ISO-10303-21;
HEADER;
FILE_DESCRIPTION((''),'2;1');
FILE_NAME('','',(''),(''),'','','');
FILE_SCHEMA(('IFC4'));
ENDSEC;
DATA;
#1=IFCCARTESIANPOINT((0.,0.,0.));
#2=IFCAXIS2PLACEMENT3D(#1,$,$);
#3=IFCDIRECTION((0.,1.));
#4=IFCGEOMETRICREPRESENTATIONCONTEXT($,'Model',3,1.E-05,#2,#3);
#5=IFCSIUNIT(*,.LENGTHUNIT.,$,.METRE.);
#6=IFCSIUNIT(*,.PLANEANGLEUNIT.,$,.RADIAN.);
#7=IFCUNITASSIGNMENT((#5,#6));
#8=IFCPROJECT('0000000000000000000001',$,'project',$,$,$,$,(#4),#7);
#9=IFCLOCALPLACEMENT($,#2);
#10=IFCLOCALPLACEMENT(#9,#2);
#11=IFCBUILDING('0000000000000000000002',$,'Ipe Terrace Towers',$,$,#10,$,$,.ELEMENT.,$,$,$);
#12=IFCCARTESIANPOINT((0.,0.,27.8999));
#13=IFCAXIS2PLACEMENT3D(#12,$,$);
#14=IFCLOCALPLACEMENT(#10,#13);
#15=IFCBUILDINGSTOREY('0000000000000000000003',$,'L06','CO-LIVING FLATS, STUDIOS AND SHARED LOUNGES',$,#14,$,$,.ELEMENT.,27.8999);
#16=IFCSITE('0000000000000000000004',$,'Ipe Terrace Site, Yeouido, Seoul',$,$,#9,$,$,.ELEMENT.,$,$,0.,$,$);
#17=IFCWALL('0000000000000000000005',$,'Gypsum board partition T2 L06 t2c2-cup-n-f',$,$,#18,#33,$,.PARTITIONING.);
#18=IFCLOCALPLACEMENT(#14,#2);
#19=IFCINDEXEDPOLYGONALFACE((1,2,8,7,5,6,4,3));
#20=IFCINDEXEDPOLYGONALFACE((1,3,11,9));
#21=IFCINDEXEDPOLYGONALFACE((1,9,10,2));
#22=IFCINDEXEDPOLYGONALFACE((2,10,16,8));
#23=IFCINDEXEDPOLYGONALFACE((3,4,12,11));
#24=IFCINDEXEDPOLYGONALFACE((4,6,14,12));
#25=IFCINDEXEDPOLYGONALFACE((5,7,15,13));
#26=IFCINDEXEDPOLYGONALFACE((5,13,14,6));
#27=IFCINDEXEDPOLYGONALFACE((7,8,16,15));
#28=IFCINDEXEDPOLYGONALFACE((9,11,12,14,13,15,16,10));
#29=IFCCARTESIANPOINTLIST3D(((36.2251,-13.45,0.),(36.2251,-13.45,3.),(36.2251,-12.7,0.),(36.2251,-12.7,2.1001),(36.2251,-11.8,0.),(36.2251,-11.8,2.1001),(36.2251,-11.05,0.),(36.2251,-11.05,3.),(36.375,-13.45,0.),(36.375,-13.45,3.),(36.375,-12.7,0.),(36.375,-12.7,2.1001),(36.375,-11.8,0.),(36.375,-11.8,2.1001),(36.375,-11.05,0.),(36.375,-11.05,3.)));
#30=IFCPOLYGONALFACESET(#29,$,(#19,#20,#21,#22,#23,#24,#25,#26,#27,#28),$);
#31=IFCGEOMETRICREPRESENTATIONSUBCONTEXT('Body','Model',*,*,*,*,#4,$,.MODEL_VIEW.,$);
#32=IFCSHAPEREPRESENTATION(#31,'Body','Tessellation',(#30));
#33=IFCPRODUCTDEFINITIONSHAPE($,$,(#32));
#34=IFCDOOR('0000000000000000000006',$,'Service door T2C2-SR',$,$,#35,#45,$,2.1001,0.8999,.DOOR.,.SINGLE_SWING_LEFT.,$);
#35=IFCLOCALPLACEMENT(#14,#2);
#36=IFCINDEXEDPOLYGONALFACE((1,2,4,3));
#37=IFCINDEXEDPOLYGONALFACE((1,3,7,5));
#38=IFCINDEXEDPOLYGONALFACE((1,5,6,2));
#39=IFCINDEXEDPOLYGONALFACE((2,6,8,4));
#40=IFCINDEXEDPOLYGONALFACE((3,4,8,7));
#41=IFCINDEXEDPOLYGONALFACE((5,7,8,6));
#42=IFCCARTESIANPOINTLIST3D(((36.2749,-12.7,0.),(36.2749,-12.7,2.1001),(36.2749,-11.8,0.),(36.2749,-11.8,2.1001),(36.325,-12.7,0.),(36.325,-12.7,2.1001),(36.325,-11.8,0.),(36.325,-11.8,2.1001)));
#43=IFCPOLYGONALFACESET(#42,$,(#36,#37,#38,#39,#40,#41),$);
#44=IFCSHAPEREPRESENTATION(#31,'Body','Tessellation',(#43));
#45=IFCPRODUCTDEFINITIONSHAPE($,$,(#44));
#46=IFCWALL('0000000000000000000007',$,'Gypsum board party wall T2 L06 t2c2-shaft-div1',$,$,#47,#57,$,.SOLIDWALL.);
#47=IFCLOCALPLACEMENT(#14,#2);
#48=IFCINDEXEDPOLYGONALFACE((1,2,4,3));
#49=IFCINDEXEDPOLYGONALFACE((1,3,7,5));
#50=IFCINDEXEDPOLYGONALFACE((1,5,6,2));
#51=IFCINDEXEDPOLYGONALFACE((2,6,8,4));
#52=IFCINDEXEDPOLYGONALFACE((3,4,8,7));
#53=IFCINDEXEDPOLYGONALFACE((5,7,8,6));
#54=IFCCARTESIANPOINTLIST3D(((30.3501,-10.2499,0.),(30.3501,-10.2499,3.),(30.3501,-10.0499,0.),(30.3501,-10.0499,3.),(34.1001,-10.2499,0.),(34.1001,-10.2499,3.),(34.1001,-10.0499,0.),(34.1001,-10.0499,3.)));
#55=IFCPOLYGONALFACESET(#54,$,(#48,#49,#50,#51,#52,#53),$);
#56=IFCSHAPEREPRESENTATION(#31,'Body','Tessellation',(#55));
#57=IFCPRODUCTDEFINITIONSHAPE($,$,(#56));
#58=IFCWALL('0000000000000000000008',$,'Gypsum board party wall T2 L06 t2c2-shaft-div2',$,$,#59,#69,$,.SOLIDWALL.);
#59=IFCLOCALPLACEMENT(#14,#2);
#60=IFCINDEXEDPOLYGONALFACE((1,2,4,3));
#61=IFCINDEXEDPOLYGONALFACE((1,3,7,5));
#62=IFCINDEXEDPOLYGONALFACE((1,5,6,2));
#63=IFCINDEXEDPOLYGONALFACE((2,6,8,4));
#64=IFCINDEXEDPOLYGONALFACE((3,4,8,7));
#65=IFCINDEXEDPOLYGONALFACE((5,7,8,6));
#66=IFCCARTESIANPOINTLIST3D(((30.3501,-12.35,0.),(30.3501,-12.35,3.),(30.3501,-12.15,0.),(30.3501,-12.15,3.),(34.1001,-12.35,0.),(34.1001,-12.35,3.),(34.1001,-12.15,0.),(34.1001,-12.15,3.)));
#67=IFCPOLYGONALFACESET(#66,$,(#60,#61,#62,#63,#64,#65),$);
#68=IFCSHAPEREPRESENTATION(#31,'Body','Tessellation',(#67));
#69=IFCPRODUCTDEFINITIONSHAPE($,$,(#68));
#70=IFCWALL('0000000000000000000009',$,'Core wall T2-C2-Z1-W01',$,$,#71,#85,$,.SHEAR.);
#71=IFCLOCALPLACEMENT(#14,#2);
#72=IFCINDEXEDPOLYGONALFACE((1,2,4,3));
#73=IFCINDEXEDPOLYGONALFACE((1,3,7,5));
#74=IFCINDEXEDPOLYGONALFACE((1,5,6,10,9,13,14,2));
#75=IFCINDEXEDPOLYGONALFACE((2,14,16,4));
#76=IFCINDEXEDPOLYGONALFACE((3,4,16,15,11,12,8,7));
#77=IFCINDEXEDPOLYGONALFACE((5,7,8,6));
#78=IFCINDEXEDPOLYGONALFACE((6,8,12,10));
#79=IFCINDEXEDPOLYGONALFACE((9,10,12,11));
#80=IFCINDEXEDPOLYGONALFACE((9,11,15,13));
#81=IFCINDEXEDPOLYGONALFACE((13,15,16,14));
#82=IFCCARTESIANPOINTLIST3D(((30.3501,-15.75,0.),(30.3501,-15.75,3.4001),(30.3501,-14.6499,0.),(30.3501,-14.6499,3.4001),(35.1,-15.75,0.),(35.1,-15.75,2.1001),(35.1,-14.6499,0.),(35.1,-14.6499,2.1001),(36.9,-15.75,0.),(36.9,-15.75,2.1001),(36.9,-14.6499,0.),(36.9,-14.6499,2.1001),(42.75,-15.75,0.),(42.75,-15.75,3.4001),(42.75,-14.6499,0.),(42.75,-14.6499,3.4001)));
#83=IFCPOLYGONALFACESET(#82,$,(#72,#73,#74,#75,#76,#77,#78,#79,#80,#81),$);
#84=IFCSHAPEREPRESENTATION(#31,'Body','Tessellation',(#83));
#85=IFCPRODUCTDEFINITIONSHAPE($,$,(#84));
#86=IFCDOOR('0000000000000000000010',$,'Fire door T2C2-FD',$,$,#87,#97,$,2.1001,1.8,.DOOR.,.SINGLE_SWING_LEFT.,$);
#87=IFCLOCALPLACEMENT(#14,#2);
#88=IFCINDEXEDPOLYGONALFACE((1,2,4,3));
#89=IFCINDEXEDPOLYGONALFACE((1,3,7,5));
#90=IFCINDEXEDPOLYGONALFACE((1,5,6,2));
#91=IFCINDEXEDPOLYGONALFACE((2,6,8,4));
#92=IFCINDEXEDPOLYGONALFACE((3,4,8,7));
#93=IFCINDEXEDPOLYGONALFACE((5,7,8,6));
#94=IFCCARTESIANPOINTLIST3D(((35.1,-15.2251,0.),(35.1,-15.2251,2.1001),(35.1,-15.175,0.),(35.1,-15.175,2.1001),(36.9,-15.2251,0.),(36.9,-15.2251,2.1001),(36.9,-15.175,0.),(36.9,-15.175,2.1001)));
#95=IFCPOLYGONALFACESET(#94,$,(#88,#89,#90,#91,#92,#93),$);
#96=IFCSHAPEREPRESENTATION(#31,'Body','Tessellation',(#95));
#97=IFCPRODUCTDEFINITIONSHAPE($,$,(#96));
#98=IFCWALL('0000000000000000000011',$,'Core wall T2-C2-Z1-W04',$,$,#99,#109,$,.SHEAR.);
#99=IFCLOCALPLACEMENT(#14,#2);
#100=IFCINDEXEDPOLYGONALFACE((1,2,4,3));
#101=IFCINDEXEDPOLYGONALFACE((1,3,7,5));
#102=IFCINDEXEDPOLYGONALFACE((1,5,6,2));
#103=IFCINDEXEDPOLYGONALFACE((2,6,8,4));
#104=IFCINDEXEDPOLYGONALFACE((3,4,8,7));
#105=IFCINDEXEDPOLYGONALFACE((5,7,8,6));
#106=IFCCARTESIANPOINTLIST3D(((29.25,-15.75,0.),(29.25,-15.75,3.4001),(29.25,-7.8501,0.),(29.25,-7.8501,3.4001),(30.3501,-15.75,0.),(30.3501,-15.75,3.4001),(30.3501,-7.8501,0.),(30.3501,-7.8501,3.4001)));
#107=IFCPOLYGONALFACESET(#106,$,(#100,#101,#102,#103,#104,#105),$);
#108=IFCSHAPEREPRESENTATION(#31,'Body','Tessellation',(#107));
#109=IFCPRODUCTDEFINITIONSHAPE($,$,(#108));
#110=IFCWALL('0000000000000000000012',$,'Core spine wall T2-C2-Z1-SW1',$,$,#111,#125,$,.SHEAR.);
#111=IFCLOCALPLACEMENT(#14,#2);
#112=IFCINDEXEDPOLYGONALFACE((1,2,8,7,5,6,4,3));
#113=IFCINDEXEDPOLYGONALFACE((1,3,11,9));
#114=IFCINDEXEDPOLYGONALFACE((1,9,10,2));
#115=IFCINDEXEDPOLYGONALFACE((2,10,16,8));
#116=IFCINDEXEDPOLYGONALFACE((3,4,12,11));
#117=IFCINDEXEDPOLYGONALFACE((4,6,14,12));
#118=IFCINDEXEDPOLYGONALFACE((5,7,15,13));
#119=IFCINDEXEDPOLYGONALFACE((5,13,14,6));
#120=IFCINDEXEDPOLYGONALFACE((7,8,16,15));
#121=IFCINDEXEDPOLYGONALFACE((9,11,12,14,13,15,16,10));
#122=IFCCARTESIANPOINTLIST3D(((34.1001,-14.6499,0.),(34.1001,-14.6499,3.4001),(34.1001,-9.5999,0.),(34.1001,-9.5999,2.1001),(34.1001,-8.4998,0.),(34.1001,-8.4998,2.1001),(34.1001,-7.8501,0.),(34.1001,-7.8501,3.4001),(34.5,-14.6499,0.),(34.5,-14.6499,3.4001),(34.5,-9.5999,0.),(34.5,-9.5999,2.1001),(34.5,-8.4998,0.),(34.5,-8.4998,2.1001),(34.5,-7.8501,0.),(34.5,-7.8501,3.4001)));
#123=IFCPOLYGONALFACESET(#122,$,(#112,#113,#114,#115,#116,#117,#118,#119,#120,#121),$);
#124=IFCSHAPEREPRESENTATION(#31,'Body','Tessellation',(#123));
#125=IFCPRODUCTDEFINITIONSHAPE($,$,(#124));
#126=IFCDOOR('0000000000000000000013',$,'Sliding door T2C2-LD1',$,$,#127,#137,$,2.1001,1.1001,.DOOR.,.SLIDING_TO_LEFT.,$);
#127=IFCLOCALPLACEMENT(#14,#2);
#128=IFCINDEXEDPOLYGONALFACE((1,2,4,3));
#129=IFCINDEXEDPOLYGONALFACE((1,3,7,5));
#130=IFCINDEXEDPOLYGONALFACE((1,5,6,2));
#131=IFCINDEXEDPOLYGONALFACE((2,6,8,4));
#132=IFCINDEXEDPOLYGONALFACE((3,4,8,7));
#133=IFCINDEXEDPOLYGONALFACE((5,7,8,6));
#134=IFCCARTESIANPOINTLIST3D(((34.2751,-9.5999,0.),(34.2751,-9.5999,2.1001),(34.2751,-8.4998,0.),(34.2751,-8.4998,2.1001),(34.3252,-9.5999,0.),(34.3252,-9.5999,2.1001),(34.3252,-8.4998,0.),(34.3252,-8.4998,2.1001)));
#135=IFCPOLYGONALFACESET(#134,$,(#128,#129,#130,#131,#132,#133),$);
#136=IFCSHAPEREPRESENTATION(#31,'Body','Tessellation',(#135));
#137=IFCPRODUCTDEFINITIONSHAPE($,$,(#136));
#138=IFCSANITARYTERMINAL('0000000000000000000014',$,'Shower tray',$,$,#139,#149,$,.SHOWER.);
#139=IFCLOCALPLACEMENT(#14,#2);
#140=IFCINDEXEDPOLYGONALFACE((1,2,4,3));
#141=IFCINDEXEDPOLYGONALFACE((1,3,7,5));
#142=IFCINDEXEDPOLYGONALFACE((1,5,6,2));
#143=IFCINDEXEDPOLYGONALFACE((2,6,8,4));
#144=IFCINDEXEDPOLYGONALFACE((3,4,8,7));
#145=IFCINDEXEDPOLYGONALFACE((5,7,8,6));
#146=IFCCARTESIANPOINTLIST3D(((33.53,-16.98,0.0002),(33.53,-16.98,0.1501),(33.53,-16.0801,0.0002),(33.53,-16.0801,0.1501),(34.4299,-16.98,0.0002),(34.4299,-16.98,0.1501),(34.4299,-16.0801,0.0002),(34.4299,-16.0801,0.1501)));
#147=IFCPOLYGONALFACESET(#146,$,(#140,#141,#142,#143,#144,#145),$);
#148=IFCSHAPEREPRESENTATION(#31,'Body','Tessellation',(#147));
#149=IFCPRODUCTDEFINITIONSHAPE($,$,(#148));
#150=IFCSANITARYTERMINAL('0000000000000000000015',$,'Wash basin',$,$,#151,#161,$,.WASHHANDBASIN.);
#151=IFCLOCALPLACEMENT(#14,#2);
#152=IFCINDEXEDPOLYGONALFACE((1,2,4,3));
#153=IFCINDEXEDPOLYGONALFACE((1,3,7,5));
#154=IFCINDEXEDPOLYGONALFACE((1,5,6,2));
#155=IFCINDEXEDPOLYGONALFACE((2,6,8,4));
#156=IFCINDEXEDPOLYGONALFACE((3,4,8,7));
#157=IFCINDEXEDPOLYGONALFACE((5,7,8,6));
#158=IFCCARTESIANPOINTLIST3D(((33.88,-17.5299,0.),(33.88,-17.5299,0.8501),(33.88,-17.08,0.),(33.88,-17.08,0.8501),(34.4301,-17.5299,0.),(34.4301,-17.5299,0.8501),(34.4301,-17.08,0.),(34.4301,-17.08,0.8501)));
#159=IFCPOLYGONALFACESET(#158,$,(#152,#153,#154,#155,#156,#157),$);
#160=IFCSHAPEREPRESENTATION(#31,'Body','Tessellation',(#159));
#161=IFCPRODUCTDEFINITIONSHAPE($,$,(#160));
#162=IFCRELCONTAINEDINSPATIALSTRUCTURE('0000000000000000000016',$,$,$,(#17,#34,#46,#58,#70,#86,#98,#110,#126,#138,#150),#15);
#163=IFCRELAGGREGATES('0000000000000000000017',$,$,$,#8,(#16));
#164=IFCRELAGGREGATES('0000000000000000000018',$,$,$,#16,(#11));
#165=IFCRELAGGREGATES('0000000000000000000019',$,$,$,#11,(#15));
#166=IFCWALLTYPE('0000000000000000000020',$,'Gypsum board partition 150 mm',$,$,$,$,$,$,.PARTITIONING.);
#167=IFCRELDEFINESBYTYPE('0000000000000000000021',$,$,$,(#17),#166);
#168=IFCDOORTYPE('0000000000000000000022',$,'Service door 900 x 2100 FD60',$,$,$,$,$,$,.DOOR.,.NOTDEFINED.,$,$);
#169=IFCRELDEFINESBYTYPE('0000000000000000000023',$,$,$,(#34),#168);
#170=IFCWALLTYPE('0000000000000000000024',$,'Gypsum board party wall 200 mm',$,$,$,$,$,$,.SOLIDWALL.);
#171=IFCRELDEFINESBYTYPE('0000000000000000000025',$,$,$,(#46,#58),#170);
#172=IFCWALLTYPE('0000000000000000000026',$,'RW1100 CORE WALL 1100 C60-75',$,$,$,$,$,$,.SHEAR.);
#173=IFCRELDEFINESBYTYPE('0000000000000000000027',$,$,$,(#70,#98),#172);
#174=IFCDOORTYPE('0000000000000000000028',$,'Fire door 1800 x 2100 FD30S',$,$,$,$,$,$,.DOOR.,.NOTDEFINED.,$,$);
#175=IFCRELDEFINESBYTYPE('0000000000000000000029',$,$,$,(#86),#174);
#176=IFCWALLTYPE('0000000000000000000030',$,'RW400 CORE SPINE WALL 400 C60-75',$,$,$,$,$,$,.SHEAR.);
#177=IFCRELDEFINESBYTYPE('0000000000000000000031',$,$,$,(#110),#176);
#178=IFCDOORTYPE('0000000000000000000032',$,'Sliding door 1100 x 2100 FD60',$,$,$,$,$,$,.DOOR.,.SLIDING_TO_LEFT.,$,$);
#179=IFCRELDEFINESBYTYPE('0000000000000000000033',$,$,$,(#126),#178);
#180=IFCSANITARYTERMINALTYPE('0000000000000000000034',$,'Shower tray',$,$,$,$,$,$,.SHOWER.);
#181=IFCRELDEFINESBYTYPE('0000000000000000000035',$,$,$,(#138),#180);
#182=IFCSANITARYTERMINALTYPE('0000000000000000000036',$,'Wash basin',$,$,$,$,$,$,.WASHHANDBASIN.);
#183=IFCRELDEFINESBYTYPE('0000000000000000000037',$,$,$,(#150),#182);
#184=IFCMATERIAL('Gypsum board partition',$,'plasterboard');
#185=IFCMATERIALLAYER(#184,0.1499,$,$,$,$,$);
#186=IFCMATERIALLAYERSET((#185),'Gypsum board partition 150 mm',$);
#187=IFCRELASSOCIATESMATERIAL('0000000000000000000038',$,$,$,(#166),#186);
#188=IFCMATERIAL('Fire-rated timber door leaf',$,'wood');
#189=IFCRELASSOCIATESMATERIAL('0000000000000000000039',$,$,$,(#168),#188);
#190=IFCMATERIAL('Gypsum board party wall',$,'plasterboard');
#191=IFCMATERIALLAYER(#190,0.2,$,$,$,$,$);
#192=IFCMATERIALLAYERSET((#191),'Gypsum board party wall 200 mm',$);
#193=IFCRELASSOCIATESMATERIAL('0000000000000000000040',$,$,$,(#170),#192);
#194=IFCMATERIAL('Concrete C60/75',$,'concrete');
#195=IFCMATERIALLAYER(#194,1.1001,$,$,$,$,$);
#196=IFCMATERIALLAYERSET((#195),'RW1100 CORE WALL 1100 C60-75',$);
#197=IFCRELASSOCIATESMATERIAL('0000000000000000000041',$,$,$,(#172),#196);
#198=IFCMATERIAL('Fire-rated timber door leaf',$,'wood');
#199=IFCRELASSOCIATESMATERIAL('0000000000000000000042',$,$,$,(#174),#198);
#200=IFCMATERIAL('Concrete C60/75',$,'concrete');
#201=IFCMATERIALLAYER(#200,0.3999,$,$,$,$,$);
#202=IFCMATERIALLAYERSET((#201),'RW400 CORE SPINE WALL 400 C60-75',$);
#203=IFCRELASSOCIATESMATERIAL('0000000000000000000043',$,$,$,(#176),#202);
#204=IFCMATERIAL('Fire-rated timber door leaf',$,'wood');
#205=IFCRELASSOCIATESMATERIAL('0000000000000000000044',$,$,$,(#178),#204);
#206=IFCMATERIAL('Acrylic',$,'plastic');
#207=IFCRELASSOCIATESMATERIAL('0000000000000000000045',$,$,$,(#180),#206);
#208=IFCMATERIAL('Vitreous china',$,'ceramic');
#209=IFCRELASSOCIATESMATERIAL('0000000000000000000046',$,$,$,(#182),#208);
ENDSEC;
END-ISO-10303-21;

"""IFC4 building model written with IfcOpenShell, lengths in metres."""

from ifc_helpers import new_model, si_unit, direction, frame, frame_2d, origin, origin_2d, place, context, subcontext, project, spatial, rectangle, extrude, material, layer, layer_set, type_object, element, fill, save


model = new_model("IFC4")

# Units and contexts
model_context = context("Model", 3, precision=1e-05, world=origin(), true_north=direction((0.0, 1.0)))
body_context = subcontext(model_context, "Body", "Model", "MODEL_VIEW")
ifc_project = project(units=[si_unit("LENGTHUNIT", "METRE"), si_unit("PLANEANGLEUNIT", "RADIAN")], contexts=[model_context])

# Site, building, storey
site_placement = place(None, origin())
site = spatial("IfcSite", under=ifc_project, at=site_placement, Name="Ipe Terrace Site, Yeouido, Seoul", CompositionType="ELEMENT", RefElevation=0.0)
building_placement = place(site_placement, origin())
building = spatial("IfcBuilding", under=site, at=building_placement, Name="Ipe Terrace Towers", CompositionType="ELEMENT")
storey_placement = place(building_placement, frame((0.0, 0.0, 27.8999)))
storey = spatial("IfcBuildingStorey", under=building, at=storey_placement, Name="L06", Description="CO-LIVING FLATS, STUDIOS AND SHARED LOUNGES", CompositionType="ELEMENT", Elevation=27.8999)

# Wall, opening, door
ifc_material_1 = material(Name="Gypsum board partition", Category="plasterboard")
ifc_layer_1 = layer(ifc_material_1, 0.1499)
ifc_layer_set_1 = layer_set([ifc_layer_1], Name="Gypsum board partition 150 mm")
wall_type_1 = type_object("IfcWallType", Name="Gypsum board partition 150 mm", PredefinedType="PARTITIONING", material=ifc_layer_set_1)
wall_1_placement = place(storey_placement, frame((36.3, -11.05, 0.0), z_axis=(0.0, 0.0, 1.0), x_axis=(0.0, -1.0, 0.0)))
wall_1 = element("IfcWall", 1, at=wall_1_placement, inside=storey, type_object=wall_type_1, Name="Gypsum board partition T2 L06 t2c2-cup-n-f", PredefinedType="PARTITIONING", context=body_context, shape_type="SweptSolid", body=[
    extrude(rectangle(XDim=2.3999, YDim=0.1499, at=frame_2d((1.2, 0.0))), origin(), (0.0, 0.0, 1.0), 3.0),
])
opening_1_placement = place(wall_1_placement, frame((0.75, 0.0, 0.0)))
opening_1 = element("IfcOpeningElement", 2, at=opening_1_placement, cuts=wall_1, PredefinedType="OPENING", context=body_context, shape_type="SweptSolid", body=[
    extrude(rectangle(XDim=0.8999, YDim=2.1001, at=frame_2d((0.45, 1.05))), frame((0.0, 0.085, 0.0), z_axis=(0.0, -1.0, 0.0), x_axis=(1.0, 0.0, 0.0)), (0.0, 0.0, 1.0), 0.1699),
])
ifc_material_2 = material(Name="Fire-rated timber door leaf", Category="wood")
door_type_1 = type_object("IfcDoorType", Name="Service door 900 x 2100 FD60", OperationType="NOTDEFINED", PredefinedType="DOOR", material=ifc_material_2)
door_1_placement = place(opening_1_placement, origin())
door_1 = element("IfcDoor", 3, at=door_1_placement, inside=storey, type_object=door_type_1, Name="Service door T2C2-SR", OperationType="SINGLE_SWING_LEFT", OverallHeight=2.1001, OverallWidth=0.8999, PredefinedType="DOOR", context=body_context, shape_type="SweptSolid", body=[
    extrude(rectangle(XDim=0.8999, YDim=2.1001, at=frame_2d((0.45, 1.05))), frame((0.0, 0.0249, 0.0), z_axis=(0.0, -1.0, 0.0), x_axis=(1.0, 0.0, 0.0)), (0.0, 0.0, 1.0), 0.05),
])
fill(opening_1, door_1)

# Walls
ifc_material_3 = material(Name="Gypsum board party wall", Category="plasterboard")
ifc_layer_2 = layer(ifc_material_3, 0.2)
ifc_layer_set_2 = layer_set([ifc_layer_2], Name="Gypsum board party wall 200 mm")
wall_type_2 = type_object("IfcWallType", Name="Gypsum board party wall 200 mm", PredefinedType="SOLIDWALL", material=ifc_layer_set_2)
for number, where, z_axis, x_axis, name in (
    (4, (30.3501, -10.1499, 0.0), (0.0, 0.0, 1.0), (1.0, 0.0, 0.0), "Gypsum board party wall T2 L06 t2c2-shaft-div1"),
    (5, (30.3501, -12.25, 0.0), (0.0, 0.0, 1.0), (1.0, 0.0, 0.0), "Gypsum board party wall T2 L06 t2c2-shaft-div2"),
):
    element("IfcWall", number, at=place(storey_placement, frame(where, z_axis=z_axis, x_axis=x_axis)), inside=storey, type_object=wall_type_2, Name=name, PredefinedType="SOLIDWALL", context=body_context, shape_type="SweptSolid", body=[
        extrude(rectangle(XDim=3.75, YDim=0.2, at=frame_2d((1.875, 0.0))), origin(), (0.0, 0.0, 1.0), 3.0),
    ])

# Wall, opening, door
ifc_material_4 = material(Name="Concrete C60/75", Category="concrete")
ifc_layer_3 = layer(ifc_material_4, 1.1001)
ifc_layer_set_3 = layer_set([ifc_layer_3], Name="RW1100 CORE WALL 1100 C60-75")
wall_type_3 = type_object("IfcWallType", Name="RW1100 CORE WALL 1100 C60-75", PredefinedType="SHEAR", material=ifc_layer_set_3)
wall_2_placement = place(storey_placement, frame((30.3501, -15.2, 0.0), z_axis=(0.0, 0.0, 1.0), x_axis=(1.0, 0.0, 0.0)))
wall_2 = element("IfcWall", 6, at=wall_2_placement, inside=storey, type_object=wall_type_3, Name="Core wall T2-C2-Z1-W01", PredefinedType="SHEAR", context=body_context, shape_type="SweptSolid", body=[
    extrude(rectangle(XDim=12.3999, YDim=1.1001, at=frame_2d((6.2, 0.0))), origin(), (0.0, 0.0, 1.0), 3.4001),
])
opening_2_placement = place(wall_2_placement, frame((4.75, 0.0, 0.0)))
opening_2 = element("IfcOpeningElement", 7, at=opening_2_placement, cuts=wall_2, PredefinedType="OPENING", context=body_context, shape_type="SweptSolid", body=[
    extrude(rectangle(XDim=1.8, YDim=2.1001, at=frame_2d((0.8999, 1.05))), frame((0.0, 0.5601, 0.0), z_axis=(0.0, -1.0, 0.0), x_axis=(1.0, 0.0, 0.0)), (0.0, 0.0, 1.0), 1.1201),
])
ifc_material_5 = material(Name="Fire-rated timber door leaf", Category="wood")
door_type_2 = type_object("IfcDoorType", Name="Fire door 1800 x 2100 FD30S", OperationType="NOTDEFINED", PredefinedType="DOOR", material=ifc_material_5)
door_2_placement = place(opening_2_placement, origin())
door_2 = element("IfcDoor", 8, at=door_2_placement, inside=storey, type_object=door_type_2, Name="Fire door T2C2-FD", OperationType="SINGLE_SWING_LEFT", OverallHeight=2.1001, OverallWidth=1.8, PredefinedType="DOOR", context=body_context, shape_type="SweptSolid", body=[
    extrude(rectangle(XDim=1.8, YDim=2.1001, at=frame_2d((0.8999, 1.05))), frame((0.0, 0.0249, 0.0), z_axis=(0.0, -1.0, 0.0), x_axis=(1.0, 0.0, 0.0)), (0.0, 0.0, 1.0), 0.05),
])
fill(opening_2, door_2)

# Wall
wall_3_placement = place(storey_placement, frame((29.8, -7.8501, 0.0), z_axis=(0.0, 0.0, 1.0), x_axis=(0.0, -1.0, 0.0)))
element("IfcWall", 9, at=wall_3_placement, inside=storey, type_object=wall_type_3, Name="Core wall T2-C2-Z1-W04", PredefinedType="SHEAR", context=body_context, shape_type="SweptSolid", body=[
    extrude(rectangle(XDim=7.8999, YDim=1.1001, at=frame_2d((3.95, 0.0))), origin(), (0.0, 0.0, 1.0), 3.4001),
])

# Wall, opening, door
ifc_material_6 = material(Name="Concrete C60/75", Category="concrete")
ifc_layer_4 = layer(ifc_material_6, 0.3999)
ifc_layer_set_4 = layer_set([ifc_layer_4], Name="RW400 CORE SPINE WALL 400 C60-75")
wall_type_4 = type_object("IfcWallType", Name="RW400 CORE SPINE WALL 400 C60-75", PredefinedType="SHEAR", material=ifc_layer_set_4)
wall_4_placement = place(storey_placement, frame((34.3, -14.6499, 0.0), z_axis=(0.0, 0.0, 1.0), x_axis=(0.0, 1.0, 0.0)))
wall_4 = element("IfcWall", 10, at=wall_4_placement, inside=storey, type_object=wall_type_4, Name="Core spine wall T2-C2-Z1-SW1", PredefinedType="SHEAR", context=body_context, shape_type="SweptSolid", body=[
    extrude(rectangle(XDim=6.7998, YDim=0.3999, at=frame_2d((3.3999, 0.0))), origin(), (0.0, 0.0, 1.0), 3.4001),
])
opening_3_placement = place(wall_4_placement, frame((5.05, 0.0, 0.0)))
opening_3 = element("IfcOpeningElement", 11, at=opening_3_placement, cuts=wall_4, PredefinedType="OPENING", context=body_context, shape_type="SweptSolid", body=[
    extrude(rectangle(XDim=1.1001, YDim=2.1001, at=frame_2d((0.55, 1.05))), frame((0.0, 0.21, 0.0), z_axis=(0.0, -1.0, 0.0), x_axis=(1.0, 0.0, 0.0)), (0.0, 0.0, 1.0), 0.4199),
])
ifc_material_7 = material(Name="Fire-rated timber door leaf", Category="wood")
door_type_3 = type_object("IfcDoorType", Name="Sliding door 1100 x 2100 FD60", OperationType="SLIDING_TO_LEFT", PredefinedType="DOOR", material=ifc_material_7)
door_3_placement = place(opening_3_placement, origin())
door_3 = element("IfcDoor", 12, at=door_3_placement, inside=storey, type_object=door_type_3, Name="Sliding door T2C2-LD1", OperationType="SLIDING_TO_LEFT", OverallHeight=2.1001, OverallWidth=1.1001, PredefinedType="DOOR", context=body_context, shape_type="SweptSolid", body=[
    extrude(rectangle(XDim=1.1001, YDim=2.1001, at=frame_2d((0.55, 1.05))), frame((0.0, 0.0249, 0.0), z_axis=(0.0, -1.0, 0.0), x_axis=(1.0, 0.0, 0.0)), (0.0, 0.0, 1.0), 0.05),
])
fill(opening_3, door_3)

# Sanitary terminals
ifc_material_8 = material(Name="Acrylic", Category="plastic")
sanitary_terminal_type_1 = type_object("IfcSanitaryTerminalType", Name="Shower tray", PredefinedType="SHOWER", material=ifc_material_8)
sanitary_terminal_1_placement = place(storey_placement, frame((33.98, -16.53, 0.0002), z_axis=(0.0, 0.0, 1.0), x_axis=(-1.0, 0.0, 0.0)))
element("IfcSanitaryTerminal", 13, at=sanitary_terminal_1_placement, inside=storey, type_object=sanitary_terminal_type_1, Name="Shower tray", PredefinedType="SHOWER", context=body_context, shape_type="SweptSolid", body=[
    extrude(rectangle(XDim=0.8999, YDim=0.8999, at=origin_2d()), origin(), (0.0, 0.0, 1.0), 0.1499),
])
ifc_material_9 = material(Name="Vitreous china", Category="ceramic")
sanitary_terminal_type_2 = type_object("IfcSanitaryTerminalType", Name="Wash basin", PredefinedType="WASHHANDBASIN", material=ifc_material_9)
sanitary_terminal_2_placement = place(storey_placement, frame((34.155, -17.3049, 0.0), z_axis=(0.0, 0.0, 1.0), x_axis=(-1.0, 0.0, 0.0)))
element("IfcSanitaryTerminal", 14, at=sanitary_terminal_2_placement, inside=storey, type_object=sanitary_terminal_type_2, Name="Wash basin", PredefinedType="WASHHANDBASIN", context=body_context, shape_type="SweptSolid", body=[
    extrude(rectangle(XDim=0.55, YDim=0.45, at=origin_2d()), origin(), (0.0, 0.0, 1.0), 0.8501),
])

save(model, "model.ifc")
